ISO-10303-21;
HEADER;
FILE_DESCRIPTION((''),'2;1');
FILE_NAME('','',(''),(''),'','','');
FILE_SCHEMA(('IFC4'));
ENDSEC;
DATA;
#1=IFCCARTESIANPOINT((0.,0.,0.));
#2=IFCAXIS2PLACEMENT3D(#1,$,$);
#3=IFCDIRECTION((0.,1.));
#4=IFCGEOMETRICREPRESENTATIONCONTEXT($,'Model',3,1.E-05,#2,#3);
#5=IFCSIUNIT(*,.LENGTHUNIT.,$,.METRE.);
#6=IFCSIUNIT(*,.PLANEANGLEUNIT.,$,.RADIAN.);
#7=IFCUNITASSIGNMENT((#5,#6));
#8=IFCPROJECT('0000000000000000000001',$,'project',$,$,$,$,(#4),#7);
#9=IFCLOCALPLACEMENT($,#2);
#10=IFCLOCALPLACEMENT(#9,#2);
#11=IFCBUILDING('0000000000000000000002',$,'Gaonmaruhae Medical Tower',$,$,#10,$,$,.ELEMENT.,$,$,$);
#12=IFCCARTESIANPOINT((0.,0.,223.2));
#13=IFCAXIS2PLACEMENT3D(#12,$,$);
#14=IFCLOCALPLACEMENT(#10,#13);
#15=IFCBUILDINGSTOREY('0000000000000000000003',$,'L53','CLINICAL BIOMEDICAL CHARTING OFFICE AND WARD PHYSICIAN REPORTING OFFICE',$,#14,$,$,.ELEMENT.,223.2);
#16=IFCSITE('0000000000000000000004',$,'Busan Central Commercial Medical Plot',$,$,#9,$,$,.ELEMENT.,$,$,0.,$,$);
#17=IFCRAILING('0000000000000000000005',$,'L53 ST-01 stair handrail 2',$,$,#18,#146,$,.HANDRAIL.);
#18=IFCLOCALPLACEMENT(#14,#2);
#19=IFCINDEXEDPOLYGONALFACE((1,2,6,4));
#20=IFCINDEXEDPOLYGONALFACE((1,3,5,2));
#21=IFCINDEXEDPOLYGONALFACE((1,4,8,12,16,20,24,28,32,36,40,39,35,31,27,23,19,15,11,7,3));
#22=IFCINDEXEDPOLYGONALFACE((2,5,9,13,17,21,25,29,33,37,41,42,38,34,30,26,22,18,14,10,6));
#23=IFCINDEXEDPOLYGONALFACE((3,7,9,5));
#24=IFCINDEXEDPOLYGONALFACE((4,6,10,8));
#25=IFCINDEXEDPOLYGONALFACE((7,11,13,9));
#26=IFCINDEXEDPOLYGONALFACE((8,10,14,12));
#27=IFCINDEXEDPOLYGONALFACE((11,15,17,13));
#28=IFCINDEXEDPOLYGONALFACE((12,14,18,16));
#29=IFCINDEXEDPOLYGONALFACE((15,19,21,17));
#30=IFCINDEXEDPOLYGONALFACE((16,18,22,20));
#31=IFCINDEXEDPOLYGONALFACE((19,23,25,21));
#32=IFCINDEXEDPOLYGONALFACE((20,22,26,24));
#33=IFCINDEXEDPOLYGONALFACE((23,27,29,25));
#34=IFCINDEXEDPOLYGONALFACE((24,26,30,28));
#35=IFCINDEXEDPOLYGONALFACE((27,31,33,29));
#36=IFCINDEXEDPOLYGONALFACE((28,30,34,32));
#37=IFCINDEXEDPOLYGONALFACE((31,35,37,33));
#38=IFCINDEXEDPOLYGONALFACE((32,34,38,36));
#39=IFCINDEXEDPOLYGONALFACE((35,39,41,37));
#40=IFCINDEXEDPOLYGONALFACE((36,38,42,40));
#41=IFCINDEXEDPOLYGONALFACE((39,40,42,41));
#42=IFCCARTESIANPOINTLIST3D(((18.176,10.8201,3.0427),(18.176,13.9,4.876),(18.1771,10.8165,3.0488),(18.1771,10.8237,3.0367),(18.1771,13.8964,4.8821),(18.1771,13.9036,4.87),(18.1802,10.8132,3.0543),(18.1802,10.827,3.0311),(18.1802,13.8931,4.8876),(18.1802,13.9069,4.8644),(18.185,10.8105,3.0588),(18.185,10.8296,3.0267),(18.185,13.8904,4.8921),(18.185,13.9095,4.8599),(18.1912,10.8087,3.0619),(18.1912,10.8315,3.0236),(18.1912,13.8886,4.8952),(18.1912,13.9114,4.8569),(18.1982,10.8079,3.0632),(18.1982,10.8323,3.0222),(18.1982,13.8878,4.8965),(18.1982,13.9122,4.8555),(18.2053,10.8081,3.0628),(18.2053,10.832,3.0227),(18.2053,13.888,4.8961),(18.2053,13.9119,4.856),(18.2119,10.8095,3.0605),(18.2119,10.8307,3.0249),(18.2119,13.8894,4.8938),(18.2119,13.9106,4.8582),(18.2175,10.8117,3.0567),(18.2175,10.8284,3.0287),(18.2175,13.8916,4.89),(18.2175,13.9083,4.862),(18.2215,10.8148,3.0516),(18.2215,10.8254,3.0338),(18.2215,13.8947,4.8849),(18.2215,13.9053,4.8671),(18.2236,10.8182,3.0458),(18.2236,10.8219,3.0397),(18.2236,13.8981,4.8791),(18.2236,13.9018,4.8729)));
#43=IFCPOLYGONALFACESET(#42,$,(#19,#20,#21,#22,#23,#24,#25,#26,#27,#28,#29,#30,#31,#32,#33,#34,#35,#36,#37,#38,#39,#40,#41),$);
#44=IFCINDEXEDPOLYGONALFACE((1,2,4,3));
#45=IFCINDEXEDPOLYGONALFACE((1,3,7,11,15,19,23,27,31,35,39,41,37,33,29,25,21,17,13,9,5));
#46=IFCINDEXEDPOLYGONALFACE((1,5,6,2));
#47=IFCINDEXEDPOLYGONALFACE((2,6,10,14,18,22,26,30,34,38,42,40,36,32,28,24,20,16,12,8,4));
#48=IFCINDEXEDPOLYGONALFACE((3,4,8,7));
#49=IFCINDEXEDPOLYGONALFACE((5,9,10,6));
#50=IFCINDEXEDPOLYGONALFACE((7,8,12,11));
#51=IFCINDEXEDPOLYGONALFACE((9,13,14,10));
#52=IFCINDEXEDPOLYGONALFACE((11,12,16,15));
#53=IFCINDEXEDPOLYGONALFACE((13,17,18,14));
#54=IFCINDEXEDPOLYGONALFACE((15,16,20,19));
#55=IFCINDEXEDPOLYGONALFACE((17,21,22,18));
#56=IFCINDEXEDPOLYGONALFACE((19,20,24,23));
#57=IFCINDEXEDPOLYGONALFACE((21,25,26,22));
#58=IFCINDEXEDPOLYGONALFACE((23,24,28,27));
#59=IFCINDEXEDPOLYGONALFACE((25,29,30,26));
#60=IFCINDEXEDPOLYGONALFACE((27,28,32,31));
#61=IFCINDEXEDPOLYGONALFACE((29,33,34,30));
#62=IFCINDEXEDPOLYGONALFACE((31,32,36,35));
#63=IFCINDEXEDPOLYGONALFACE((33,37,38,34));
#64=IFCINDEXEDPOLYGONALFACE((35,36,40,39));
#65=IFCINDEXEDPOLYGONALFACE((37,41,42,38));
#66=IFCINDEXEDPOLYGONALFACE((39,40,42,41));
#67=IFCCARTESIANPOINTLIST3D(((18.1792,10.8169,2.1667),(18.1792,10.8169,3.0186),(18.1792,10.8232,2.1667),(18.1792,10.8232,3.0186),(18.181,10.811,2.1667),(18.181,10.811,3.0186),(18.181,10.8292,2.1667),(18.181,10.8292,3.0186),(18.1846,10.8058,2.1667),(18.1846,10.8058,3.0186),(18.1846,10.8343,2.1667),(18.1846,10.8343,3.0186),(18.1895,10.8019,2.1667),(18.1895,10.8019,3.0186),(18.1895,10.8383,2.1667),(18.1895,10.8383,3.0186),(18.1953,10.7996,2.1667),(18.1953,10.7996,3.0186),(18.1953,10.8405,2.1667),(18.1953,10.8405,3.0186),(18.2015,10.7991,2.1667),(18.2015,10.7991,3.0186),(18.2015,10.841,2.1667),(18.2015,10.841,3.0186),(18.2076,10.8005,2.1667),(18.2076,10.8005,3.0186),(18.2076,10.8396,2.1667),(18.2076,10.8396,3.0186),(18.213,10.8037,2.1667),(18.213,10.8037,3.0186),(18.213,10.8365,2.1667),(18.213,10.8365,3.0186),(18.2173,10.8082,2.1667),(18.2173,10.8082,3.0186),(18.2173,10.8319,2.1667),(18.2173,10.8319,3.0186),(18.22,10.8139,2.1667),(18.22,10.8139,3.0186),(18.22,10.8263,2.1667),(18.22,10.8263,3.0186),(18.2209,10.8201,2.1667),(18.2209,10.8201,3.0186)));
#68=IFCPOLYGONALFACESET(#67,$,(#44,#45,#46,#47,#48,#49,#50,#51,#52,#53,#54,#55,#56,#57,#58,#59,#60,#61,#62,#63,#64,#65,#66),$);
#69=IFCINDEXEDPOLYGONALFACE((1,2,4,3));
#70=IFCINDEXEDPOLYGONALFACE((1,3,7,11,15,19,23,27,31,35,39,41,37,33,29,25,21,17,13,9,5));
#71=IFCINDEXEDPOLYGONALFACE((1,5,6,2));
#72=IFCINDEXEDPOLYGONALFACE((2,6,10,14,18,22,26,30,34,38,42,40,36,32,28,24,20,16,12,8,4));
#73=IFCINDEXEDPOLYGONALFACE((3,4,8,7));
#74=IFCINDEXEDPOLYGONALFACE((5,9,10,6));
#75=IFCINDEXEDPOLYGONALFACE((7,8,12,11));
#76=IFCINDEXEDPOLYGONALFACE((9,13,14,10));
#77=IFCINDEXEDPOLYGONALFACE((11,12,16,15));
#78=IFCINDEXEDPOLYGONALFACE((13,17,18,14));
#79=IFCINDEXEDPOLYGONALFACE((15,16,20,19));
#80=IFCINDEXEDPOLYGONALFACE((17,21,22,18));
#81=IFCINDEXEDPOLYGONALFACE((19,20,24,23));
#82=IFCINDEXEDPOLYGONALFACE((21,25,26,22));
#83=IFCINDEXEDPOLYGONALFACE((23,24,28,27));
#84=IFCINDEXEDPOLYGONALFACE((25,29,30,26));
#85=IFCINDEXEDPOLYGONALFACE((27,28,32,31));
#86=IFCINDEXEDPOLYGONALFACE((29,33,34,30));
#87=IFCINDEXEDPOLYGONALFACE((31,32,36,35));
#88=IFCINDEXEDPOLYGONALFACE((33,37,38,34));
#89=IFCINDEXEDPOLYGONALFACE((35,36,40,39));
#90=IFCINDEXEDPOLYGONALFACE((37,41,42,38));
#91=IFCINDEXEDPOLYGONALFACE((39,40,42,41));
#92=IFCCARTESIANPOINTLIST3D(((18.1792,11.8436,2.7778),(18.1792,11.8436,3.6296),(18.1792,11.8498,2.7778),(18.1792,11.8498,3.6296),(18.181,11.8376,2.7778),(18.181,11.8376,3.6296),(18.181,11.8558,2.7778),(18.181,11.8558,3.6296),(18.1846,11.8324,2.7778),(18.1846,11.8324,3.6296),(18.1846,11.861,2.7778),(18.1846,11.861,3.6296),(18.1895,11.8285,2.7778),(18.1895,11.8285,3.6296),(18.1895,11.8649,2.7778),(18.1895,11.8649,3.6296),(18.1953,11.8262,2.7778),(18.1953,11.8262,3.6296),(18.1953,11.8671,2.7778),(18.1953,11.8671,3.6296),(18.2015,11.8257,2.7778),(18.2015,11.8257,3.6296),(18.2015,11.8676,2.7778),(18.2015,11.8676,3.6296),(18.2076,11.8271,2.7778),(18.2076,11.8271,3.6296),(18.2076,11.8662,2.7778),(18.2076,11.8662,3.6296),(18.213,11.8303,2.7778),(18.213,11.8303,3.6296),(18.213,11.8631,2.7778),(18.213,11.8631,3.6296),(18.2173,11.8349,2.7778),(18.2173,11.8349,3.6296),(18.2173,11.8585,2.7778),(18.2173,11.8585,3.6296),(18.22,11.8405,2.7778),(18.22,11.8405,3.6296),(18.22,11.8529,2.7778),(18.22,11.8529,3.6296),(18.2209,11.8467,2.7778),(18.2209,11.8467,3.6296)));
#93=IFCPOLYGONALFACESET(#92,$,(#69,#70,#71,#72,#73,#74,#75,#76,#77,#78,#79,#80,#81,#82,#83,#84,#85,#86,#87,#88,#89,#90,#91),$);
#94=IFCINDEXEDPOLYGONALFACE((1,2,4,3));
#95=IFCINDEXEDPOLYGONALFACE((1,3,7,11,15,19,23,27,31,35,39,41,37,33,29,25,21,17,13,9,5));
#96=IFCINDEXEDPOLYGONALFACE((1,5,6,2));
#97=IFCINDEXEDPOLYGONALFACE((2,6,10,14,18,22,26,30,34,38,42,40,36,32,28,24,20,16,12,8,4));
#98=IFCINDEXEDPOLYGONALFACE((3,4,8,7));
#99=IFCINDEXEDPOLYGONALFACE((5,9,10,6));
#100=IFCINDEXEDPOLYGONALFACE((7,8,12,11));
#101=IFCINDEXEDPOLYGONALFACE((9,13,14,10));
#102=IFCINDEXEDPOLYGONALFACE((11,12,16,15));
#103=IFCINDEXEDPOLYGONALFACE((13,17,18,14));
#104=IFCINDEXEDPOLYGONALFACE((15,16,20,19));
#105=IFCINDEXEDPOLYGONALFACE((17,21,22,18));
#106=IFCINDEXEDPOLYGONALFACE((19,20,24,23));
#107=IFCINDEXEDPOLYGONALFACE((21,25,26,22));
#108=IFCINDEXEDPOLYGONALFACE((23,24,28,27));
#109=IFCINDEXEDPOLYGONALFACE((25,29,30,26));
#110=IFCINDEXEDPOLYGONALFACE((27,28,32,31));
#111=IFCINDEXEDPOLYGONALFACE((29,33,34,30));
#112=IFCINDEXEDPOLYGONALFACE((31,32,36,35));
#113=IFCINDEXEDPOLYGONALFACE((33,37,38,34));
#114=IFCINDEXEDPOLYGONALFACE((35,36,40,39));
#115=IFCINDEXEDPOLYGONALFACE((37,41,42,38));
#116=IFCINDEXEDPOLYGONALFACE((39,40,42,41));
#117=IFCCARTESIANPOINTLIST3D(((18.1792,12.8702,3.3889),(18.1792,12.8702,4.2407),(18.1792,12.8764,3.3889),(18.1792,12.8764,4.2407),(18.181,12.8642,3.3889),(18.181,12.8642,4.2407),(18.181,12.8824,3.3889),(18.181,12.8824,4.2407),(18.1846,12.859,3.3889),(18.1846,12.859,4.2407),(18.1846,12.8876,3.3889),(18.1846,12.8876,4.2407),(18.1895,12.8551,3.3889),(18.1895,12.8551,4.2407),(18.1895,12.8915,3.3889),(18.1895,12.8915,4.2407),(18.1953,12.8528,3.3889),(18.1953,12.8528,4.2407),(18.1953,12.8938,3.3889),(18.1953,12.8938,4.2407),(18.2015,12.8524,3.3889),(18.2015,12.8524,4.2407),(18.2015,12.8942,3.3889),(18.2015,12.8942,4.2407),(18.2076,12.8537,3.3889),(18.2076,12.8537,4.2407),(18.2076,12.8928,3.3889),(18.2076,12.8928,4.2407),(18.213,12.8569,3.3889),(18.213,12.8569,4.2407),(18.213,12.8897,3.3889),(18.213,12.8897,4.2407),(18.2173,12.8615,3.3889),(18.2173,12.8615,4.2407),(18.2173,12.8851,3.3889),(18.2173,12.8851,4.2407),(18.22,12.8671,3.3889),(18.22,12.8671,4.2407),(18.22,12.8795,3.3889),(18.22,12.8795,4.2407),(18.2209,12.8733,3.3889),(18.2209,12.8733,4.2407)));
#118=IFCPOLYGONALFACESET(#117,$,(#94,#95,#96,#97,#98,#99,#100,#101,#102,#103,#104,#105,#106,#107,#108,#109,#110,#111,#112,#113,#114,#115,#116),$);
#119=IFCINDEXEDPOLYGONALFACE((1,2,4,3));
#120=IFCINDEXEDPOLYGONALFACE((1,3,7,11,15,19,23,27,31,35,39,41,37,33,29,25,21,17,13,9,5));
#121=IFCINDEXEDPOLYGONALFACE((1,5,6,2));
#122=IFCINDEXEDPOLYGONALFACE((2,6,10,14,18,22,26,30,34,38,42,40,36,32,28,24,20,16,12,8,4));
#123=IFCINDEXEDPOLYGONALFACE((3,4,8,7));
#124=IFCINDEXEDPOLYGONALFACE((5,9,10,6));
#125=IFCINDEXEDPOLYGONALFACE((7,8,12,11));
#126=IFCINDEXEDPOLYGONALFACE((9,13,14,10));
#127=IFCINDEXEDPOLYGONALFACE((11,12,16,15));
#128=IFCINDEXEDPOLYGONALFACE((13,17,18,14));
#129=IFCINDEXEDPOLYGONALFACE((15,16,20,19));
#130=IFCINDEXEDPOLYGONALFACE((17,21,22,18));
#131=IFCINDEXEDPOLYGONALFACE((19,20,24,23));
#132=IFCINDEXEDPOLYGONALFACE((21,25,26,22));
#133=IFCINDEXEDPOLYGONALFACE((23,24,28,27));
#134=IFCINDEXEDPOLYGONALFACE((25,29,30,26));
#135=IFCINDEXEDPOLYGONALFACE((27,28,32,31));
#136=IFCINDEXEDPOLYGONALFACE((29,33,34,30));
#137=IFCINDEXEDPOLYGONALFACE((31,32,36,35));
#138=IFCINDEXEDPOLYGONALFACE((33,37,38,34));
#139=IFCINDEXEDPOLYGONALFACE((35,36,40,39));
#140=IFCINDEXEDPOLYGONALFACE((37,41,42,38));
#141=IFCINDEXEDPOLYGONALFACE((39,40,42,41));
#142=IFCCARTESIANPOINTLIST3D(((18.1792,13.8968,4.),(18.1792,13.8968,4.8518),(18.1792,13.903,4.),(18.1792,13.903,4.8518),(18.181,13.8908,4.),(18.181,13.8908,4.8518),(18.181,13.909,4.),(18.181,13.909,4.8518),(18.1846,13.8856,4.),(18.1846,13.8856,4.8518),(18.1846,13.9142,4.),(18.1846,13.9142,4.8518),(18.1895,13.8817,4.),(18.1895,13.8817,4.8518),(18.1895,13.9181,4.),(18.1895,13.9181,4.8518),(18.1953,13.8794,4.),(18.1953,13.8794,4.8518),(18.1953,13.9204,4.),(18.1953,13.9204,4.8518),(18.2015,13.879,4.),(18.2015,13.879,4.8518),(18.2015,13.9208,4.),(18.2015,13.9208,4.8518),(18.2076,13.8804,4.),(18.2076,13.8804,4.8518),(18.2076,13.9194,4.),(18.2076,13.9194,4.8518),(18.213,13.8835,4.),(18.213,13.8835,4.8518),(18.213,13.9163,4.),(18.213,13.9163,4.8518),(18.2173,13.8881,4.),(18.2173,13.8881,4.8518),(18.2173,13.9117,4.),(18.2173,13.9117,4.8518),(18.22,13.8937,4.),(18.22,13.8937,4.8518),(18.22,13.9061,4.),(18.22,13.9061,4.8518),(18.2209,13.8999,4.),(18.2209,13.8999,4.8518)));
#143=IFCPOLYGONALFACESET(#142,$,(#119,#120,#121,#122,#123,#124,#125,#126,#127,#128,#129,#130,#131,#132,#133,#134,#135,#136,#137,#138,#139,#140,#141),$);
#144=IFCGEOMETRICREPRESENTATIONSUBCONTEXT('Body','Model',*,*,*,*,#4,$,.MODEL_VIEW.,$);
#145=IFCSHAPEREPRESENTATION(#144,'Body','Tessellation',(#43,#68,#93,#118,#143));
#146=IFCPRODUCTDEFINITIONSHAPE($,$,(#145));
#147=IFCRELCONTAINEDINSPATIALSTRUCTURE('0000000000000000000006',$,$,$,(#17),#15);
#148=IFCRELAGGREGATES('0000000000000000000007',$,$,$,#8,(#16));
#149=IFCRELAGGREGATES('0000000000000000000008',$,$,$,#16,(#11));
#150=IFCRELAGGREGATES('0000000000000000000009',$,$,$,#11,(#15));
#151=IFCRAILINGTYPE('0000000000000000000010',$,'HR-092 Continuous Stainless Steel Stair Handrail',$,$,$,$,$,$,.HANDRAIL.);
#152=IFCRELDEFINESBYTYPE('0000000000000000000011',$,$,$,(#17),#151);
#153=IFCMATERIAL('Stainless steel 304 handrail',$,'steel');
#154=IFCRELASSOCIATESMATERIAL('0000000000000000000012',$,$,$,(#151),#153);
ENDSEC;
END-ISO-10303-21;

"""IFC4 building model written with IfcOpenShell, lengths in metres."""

from ifc_helpers import new_model, si_unit, direction, frame, origin, origin_2d, place, context, subcontext, project, spatial, circle, extrude, material, type_object, element, save


model = new_model("IFC4")

# Units and contexts
model_context = context("Model", 3, precision=1e-05, world=origin(), true_north=direction((0.0, 1.0)))
body_context = subcontext(model_context, "Body", "Model", "MODEL_VIEW")
ifc_project = project(units=[si_unit("LENGTHUNIT", "METRE"), si_unit("PLANEANGLEUNIT", "RADIAN")], contexts=[model_context])

# Site, building, storey
site_placement = place(None, origin())
site = spatial("IfcSite", under=ifc_project, at=site_placement, Name="Busan Central Commercial Medical Plot", CompositionType="ELEMENT", RefElevation=0.0)
building_placement = place(site_placement, origin())
building = spatial("IfcBuilding", under=site, at=building_placement, Name="Gaonmaruhae Medical Tower", CompositionType="ELEMENT")
storey_placement = place(building_placement, frame((0.0, 0.0, 223.2)))
storey = spatial("IfcBuildingStorey", under=building, at=storey_placement, Name="L53", Description="CLINICAL BIOMEDICAL CHARTING OFFICE AND WARD PHYSICIAN REPORTING OFFICE", CompositionType="ELEMENT", Elevation=223.2)

# Railing
ifc_material_1 = material(Name="Stainless steel 304 handrail", Category="steel")
railing_type_1 = type_object("IfcRailingType", Name="HR-092 Continuous Stainless Steel Stair Handrail", PredefinedType="HANDRAIL", material=ifc_material_1)
railing_1_placement = place(storey_placement, frame((18.2, 10.8201, 2.1667)))
element("IfcRailing", 1, at=railing_1_placement, inside=storey, type_object=railing_type_1, Name="L53 ST-01 stair handrail 2", PredefinedType="HANDRAIL", context=body_context, shape_type="SweptSolid", body=[
    extrude(circle(Radius=0.0239, at=origin_2d()), frame((0.0, 0.0, 0.876), z_axis=(0.0, 0.859291, 0.511487), x_axis=(-1.0, 0.0, 0.0)), (0.0, 0.0, 1.0), 3.5842),
    extrude(circle(Radius=0.021, at=origin_2d()), origin(), (0.0, 0.0, 1.0), 0.8518),
    extrude(circle(Radius=0.021, at=origin_2d()), frame((0.0, 1.0266, 0.6111)), (0.0, 0.0, 1.0), 0.8518),
    extrude(circle(Radius=0.021, at=origin_2d()), frame((0.0, 2.0532, 1.2222)), (0.0, 0.0, 1.0), 0.8518),
    extrude(circle(Radius=0.021, at=origin_2d()), frame((0.0, 3.0798, 1.8333)), (0.0, 0.0, 1.0), 0.8518),
])

save(model, "model.ifc")
